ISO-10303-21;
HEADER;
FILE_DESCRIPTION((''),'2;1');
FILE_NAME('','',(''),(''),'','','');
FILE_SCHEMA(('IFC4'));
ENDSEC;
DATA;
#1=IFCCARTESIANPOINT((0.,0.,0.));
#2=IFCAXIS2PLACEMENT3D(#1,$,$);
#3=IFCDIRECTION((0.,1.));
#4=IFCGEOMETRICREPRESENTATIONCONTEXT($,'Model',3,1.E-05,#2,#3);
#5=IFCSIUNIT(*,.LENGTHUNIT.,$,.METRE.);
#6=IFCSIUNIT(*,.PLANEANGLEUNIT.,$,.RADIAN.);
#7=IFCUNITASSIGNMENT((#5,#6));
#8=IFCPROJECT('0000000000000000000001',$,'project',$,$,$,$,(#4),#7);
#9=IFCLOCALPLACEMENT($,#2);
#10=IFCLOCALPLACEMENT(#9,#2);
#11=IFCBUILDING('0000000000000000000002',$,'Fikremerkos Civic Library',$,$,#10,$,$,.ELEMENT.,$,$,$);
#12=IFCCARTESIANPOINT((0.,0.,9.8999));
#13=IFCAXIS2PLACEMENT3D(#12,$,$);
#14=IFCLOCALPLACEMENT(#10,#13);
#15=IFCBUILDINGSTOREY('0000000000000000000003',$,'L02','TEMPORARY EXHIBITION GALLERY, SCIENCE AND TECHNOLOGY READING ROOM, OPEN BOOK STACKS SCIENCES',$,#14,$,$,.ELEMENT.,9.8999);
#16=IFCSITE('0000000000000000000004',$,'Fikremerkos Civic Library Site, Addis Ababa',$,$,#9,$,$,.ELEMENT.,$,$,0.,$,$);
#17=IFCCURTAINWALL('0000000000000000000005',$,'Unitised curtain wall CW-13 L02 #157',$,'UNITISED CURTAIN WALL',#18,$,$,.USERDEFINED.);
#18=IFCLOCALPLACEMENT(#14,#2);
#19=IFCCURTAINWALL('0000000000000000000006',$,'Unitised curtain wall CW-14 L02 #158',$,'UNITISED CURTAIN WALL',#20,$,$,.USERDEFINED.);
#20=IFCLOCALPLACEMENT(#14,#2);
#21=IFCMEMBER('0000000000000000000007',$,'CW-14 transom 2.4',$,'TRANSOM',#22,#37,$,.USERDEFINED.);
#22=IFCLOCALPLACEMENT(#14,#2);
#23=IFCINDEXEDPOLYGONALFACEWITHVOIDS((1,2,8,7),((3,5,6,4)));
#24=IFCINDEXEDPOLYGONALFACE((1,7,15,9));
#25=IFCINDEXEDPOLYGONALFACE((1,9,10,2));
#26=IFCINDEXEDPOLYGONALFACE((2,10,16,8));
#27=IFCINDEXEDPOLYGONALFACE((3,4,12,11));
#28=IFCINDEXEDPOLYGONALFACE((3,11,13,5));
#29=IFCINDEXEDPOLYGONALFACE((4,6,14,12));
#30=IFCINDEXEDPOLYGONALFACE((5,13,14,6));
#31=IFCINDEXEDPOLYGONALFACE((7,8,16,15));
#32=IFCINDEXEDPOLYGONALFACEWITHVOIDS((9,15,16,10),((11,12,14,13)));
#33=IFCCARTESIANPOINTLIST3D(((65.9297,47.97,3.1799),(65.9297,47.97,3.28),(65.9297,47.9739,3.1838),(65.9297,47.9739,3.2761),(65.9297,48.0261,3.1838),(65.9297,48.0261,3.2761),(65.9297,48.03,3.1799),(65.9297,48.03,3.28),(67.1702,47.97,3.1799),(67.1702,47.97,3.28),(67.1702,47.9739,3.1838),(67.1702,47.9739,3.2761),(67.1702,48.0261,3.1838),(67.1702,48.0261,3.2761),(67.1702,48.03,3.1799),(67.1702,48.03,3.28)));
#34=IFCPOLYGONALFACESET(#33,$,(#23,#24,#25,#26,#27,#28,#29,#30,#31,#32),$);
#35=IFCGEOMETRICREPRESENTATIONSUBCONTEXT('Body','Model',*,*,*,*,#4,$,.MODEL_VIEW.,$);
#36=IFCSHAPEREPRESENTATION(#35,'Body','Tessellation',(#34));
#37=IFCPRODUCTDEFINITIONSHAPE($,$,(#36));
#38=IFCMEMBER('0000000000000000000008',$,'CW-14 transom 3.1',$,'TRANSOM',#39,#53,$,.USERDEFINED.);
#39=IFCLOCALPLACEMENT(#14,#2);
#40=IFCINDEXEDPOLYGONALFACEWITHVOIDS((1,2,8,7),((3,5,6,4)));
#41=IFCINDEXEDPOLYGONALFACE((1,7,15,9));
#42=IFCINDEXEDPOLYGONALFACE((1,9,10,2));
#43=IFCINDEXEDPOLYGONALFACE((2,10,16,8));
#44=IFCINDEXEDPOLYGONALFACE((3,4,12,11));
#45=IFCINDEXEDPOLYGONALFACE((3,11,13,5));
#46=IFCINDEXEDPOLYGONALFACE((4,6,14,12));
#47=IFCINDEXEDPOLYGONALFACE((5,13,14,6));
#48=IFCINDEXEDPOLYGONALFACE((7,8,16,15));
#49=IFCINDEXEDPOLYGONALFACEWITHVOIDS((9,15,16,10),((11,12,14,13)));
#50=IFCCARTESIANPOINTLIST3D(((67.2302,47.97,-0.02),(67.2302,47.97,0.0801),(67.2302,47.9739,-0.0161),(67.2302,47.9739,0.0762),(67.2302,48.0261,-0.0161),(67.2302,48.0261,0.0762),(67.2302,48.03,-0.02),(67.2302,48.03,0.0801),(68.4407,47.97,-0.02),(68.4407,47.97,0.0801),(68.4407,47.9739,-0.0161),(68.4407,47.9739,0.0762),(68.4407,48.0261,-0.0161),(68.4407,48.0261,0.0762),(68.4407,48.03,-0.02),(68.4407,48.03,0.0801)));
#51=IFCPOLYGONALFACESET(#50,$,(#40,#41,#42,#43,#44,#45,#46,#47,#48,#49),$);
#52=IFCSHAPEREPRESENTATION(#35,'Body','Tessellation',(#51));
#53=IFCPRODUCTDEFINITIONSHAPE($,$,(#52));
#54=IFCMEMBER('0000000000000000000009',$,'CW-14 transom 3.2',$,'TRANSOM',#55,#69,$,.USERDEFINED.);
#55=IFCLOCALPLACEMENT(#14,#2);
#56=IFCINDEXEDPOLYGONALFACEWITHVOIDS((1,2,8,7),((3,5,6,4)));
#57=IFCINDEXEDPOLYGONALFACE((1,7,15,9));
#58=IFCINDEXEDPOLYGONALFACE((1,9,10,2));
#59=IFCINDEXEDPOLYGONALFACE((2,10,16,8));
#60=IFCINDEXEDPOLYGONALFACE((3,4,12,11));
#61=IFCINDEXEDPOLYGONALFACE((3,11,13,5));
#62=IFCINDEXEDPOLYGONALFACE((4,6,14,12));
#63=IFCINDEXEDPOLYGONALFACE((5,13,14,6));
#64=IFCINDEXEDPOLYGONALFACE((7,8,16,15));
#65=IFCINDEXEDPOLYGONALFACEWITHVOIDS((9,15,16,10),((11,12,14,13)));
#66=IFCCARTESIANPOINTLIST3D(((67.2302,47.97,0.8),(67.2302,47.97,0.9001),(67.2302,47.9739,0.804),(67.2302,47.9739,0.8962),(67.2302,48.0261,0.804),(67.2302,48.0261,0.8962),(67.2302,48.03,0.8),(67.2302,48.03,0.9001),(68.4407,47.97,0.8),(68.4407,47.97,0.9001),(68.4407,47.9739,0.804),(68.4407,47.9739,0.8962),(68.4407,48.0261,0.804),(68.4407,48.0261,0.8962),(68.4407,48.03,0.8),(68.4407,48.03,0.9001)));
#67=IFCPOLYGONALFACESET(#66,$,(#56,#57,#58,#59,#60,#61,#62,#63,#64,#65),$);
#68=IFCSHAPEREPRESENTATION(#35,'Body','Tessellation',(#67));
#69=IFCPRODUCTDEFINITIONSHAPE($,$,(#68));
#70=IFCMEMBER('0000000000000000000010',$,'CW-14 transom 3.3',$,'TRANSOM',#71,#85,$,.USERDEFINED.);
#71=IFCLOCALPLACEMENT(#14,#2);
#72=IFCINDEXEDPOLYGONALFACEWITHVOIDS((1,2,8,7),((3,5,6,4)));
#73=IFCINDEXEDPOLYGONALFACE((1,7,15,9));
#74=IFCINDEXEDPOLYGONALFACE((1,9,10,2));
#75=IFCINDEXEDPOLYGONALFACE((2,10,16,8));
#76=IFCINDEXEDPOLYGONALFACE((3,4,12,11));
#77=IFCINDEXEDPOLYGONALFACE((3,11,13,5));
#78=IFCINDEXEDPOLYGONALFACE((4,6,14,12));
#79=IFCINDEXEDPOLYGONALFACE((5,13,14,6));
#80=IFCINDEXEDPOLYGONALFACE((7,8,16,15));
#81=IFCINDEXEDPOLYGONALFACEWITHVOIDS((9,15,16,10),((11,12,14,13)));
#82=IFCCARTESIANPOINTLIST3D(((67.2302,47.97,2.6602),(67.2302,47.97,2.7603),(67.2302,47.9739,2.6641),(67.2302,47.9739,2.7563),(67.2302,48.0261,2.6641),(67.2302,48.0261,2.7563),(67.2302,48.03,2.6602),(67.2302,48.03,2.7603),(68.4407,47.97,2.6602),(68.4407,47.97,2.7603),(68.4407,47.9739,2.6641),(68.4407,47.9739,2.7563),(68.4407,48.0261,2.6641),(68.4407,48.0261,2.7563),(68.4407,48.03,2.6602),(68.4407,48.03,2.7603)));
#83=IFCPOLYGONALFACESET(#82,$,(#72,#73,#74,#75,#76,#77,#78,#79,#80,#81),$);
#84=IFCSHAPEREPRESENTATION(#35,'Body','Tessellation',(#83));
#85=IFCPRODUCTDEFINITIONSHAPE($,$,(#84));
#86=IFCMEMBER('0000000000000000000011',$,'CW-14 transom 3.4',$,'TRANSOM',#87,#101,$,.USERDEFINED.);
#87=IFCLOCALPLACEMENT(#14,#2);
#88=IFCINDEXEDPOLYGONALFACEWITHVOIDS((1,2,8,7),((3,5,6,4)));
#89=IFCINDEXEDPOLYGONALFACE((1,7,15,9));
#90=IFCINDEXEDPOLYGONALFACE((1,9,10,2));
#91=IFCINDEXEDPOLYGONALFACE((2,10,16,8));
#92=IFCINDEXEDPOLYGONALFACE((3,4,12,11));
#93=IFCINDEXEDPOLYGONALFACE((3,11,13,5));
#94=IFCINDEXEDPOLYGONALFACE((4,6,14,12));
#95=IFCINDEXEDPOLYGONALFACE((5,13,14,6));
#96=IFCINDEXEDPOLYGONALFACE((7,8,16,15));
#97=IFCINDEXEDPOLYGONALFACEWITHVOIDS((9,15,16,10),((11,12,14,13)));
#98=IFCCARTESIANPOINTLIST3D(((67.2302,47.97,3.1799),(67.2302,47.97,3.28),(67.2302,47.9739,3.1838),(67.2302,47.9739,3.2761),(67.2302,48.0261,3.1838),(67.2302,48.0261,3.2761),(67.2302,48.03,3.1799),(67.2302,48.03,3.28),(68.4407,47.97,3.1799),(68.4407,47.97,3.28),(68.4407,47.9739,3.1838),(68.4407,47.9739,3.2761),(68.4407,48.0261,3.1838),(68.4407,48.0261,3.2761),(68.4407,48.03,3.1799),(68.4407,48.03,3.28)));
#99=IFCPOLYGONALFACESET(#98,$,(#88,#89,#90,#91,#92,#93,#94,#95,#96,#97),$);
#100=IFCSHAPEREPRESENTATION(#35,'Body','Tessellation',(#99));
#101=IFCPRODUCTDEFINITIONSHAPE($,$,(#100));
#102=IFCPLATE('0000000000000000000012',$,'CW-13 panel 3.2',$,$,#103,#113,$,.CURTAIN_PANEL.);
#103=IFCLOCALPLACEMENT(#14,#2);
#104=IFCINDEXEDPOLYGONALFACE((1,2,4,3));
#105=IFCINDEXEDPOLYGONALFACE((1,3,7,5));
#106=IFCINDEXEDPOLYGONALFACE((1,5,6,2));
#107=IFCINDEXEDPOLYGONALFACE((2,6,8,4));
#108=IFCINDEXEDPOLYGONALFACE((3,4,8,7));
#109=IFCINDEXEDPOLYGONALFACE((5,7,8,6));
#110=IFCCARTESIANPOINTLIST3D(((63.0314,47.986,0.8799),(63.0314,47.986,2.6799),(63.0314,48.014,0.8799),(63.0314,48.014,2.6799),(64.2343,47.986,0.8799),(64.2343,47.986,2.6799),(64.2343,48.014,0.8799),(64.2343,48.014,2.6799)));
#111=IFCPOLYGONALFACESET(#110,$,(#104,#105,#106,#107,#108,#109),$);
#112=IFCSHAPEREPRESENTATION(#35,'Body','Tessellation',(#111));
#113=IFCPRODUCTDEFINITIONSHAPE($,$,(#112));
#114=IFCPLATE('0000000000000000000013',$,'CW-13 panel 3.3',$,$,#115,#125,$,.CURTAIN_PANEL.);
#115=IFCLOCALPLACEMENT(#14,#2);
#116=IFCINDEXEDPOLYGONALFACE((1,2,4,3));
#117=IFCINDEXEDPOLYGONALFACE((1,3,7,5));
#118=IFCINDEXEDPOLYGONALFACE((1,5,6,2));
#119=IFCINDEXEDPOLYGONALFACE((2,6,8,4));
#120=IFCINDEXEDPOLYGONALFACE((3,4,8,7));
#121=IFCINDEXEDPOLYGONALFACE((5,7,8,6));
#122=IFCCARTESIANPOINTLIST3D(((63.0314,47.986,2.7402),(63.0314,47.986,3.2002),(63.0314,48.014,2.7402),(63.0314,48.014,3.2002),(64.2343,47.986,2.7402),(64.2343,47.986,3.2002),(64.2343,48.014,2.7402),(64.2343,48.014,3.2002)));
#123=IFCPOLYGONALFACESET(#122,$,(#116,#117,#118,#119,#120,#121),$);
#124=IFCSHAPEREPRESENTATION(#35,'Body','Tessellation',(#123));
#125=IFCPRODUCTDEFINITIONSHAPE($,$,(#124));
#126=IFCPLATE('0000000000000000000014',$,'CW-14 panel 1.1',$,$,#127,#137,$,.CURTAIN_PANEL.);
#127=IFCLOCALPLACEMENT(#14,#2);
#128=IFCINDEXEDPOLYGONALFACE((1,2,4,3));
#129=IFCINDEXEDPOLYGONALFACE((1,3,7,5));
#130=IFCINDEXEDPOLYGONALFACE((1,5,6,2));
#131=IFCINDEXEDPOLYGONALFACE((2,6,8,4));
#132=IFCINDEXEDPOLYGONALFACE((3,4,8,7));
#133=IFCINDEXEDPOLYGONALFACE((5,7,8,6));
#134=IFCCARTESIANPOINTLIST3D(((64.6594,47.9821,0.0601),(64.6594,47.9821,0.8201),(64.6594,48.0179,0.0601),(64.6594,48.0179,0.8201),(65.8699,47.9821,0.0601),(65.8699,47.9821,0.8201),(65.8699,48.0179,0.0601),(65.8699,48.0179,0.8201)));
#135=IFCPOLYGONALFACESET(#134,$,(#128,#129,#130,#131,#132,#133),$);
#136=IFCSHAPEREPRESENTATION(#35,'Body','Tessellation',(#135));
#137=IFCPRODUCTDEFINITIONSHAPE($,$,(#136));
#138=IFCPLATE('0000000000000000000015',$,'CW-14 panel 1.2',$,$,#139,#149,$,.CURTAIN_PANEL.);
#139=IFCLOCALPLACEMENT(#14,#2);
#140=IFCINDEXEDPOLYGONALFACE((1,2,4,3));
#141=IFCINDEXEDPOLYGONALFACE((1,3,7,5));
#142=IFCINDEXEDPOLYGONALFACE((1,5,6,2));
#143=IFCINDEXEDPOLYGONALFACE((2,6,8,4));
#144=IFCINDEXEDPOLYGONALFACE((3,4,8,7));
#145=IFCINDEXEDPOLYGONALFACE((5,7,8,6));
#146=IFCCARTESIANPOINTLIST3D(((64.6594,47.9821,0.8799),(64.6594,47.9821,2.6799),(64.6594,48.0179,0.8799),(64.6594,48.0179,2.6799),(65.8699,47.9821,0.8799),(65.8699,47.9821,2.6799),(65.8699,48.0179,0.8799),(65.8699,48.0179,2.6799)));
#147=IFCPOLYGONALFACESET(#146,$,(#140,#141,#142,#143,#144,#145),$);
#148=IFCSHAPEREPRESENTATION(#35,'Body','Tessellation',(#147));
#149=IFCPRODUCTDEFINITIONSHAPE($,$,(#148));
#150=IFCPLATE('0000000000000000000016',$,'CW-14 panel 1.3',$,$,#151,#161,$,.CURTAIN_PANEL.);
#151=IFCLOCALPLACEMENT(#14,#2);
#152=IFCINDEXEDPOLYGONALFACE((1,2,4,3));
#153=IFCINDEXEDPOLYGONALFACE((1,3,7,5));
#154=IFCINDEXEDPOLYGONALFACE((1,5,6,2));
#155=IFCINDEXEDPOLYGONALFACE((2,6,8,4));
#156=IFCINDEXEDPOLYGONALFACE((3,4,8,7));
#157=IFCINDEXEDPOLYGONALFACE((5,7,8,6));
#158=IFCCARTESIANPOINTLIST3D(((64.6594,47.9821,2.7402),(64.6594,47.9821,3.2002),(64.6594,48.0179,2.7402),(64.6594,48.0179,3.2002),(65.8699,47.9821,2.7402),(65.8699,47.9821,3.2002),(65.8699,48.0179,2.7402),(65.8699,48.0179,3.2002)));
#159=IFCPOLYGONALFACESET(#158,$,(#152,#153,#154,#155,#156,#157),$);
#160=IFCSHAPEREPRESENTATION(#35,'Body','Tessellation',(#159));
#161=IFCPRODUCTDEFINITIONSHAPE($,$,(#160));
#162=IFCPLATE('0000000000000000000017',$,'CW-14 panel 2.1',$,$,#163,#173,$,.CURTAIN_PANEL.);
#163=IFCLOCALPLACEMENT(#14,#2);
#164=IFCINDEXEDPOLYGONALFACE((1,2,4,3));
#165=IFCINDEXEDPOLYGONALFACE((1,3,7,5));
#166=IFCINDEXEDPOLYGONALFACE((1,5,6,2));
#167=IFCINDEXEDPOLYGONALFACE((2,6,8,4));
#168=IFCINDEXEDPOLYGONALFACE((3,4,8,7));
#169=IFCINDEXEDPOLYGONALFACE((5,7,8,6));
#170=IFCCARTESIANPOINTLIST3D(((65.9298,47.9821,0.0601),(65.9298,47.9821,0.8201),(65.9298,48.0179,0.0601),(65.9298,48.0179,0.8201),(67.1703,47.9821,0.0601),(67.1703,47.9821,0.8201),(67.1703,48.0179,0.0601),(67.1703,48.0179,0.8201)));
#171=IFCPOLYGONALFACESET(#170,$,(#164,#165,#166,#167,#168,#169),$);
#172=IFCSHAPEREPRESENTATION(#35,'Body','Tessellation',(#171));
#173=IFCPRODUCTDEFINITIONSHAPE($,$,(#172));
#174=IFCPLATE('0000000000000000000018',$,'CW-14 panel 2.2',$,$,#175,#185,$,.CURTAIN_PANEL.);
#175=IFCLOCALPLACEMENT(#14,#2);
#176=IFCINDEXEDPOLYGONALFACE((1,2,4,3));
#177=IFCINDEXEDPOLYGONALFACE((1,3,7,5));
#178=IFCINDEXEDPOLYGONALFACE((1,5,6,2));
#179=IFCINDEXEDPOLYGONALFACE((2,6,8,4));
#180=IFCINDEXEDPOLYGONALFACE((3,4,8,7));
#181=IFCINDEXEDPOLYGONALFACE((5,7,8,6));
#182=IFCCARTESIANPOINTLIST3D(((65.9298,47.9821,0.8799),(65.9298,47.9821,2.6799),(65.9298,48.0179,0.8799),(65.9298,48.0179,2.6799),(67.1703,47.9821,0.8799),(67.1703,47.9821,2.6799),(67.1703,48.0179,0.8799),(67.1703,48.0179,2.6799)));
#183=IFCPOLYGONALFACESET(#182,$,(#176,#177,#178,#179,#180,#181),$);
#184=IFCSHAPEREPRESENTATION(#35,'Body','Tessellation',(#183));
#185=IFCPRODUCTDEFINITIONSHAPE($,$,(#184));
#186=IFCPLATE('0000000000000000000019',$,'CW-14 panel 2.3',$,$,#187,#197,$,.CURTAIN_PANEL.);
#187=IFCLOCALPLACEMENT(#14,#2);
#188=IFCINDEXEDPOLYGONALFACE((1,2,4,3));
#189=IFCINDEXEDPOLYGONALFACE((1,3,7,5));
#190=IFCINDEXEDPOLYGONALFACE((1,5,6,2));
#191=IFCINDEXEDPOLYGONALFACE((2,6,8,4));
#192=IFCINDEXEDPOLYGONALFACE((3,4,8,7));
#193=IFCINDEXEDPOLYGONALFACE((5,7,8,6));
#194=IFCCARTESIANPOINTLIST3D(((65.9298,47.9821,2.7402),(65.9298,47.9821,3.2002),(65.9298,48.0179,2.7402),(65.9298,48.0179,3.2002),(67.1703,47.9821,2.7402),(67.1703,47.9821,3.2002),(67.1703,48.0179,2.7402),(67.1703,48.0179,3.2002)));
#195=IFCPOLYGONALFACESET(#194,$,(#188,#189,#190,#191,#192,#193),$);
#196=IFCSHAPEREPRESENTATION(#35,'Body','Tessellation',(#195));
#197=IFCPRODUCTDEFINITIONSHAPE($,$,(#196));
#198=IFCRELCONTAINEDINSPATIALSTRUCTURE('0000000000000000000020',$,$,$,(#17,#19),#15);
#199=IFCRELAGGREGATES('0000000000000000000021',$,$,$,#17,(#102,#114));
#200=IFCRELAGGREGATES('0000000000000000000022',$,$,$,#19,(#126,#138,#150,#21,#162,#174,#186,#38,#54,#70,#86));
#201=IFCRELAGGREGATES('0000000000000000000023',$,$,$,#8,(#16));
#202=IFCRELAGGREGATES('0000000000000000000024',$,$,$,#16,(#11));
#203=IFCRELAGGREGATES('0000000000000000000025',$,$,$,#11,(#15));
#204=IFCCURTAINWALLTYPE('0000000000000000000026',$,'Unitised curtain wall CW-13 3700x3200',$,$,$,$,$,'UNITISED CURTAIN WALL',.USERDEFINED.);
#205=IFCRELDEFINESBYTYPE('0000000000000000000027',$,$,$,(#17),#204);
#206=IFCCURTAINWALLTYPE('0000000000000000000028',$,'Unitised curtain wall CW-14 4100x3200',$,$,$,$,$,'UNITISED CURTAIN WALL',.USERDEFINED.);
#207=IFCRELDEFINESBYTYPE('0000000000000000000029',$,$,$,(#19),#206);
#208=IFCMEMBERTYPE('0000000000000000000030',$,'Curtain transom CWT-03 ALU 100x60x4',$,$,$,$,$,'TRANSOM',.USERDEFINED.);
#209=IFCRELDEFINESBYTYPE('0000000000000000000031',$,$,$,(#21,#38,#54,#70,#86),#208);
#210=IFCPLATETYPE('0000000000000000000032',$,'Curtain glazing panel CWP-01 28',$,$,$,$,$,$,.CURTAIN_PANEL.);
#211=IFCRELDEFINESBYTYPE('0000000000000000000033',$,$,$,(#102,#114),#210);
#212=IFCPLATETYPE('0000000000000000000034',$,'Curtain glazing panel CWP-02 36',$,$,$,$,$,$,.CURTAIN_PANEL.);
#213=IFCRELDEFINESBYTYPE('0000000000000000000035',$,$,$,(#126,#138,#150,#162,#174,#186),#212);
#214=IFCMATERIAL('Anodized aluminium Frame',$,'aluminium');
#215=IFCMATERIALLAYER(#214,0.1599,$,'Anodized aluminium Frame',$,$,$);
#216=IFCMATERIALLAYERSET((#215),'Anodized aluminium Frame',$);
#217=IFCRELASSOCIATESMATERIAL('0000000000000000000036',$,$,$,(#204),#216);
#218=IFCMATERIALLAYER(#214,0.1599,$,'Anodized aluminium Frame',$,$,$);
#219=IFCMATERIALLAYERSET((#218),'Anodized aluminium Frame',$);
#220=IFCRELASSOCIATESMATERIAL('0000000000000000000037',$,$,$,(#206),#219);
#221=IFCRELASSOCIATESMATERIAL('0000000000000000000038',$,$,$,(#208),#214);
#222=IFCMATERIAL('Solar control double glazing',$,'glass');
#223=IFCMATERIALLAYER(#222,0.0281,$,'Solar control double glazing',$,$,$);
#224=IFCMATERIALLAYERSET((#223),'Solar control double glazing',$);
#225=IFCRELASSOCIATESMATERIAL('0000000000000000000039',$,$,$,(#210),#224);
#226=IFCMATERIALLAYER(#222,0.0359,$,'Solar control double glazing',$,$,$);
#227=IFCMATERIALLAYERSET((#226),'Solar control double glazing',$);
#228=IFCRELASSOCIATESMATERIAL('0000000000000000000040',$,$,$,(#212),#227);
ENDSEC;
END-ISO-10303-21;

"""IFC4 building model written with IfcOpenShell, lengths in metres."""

from ifc_helpers import new_model, si_unit, direction, frame, origin, origin_2d, place, context, subcontext, project, spatial, rectangle, hollow_rectangle, extrude, material, layer, layer_set, material_profile, profile_set, type_object, element, aggregate, save


model = new_model("IFC4")

# Units and contexts
model_context = context("Model", 3, precision=1e-05, world=origin(), true_north=direction((0.0, 1.0)))
body_context = subcontext(model_context, "Body", "Model", "MODEL_VIEW")
ifc_project = project(units=[si_unit("LENGTHUNIT", "METRE"), si_unit("PLANEANGLEUNIT", "RADIAN")], contexts=[model_context])

# Site, building, storey
site_placement = place(None, origin())
site = spatial("IfcSite", under=ifc_project, at=site_placement, Name="Fikremerkos Civic Library Site, Addis Ababa", CompositionType="ELEMENT", RefElevation=0.0)
building_placement = place(site_placement, origin())
building = spatial("IfcBuilding", under=site, at=building_placement, Name="Fikremerkos Civic Library", CompositionType="ELEMENT")
storey_placement = place(building_placement, frame((0.0, 0.0, 9.8999)))
storey = spatial("IfcBuildingStorey", under=building, at=storey_placement, Name="L02", Description="TEMPORARY EXHIBITION GALLERY, SCIENCE AND TECHNOLOGY READING ROOM, OPEN BOOK STACKS SCIENCES", CompositionType="ELEMENT", Elevation=9.8999)

# Curtain wall
ifc_material_1 = material(Name="Anodized aluminium Frame", Category="aluminium")
ifc_layer_1 = layer(ifc_material_1, 0.1599, Name="Anodized aluminium Frame")
ifc_layer_set_1 = layer_set([ifc_layer_1], Name="Anodized aluminium Frame")
curtain_wall_type_1 = type_object("IfcCurtainWallType", Name="Unitised curtain wall CW-13 3700x3200", ElementType="UNITISED CURTAIN WALL", PredefinedType="USERDEFINED", material=ifc_layer_set_1)
curtain_wall_1_placement = place(storey_placement, origin())
curtain_wall_1 = element("IfcCurtainWall", 1, at=curtain_wall_1_placement, inside=storey, type_object=curtain_wall_type_1, Name="Unitised curtain wall CW-13 L02 #157", ObjectType="UNITISED CURTAIN WALL", PredefinedType="USERDEFINED")

# Curtain wall, members
ifc_layer_2 = layer(ifc_material_1, 0.1599, Name="Anodized aluminium Frame")
ifc_layer_set_2 = layer_set([ifc_layer_2], Name="Anodized aluminium Frame")
curtain_wall_type_2 = type_object("IfcCurtainWallType", Name="Unitised curtain wall CW-14 4100x3200", ElementType="UNITISED CURTAIN WALL", PredefinedType="USERDEFINED", material=ifc_layer_set_2)
curtain_wall_2_placement = place(storey_placement, origin())
curtain_wall_2 = element("IfcCurtainWall", 2, at=curtain_wall_2_placement, inside=storey, type_object=curtain_wall_type_2, Name="Unitised curtain wall CW-14 L02 #158", ObjectType="UNITISED CURTAIN WALL", PredefinedType="USERDEFINED")
ifc_material_profile_1 = material_profile(ifc_material_1, hollow_rectangle(XDim=0.0601, YDim=0.1001, WallThickness=0.0039, at=origin_2d()), Name="ALU 100x60x4")
ifc_profile_set_1 = profile_set([ifc_material_profile_1], Name="Anodized aluminium Frame")
member_type_1 = type_object("IfcMemberType", Name="Curtain transom CWT-03 ALU 100x60x4", ElementType="TRANSOM", PredefinedType="USERDEFINED", material=ifc_profile_set_1)
member_1_placement = place(storey_placement, frame((65.9297, 48.0, 3.23), z_axis=(1.0, 0.0, 0.0), x_axis=(0.0, 1.0, 0.0)))
member_1 = element("IfcMember", 3, at=member_1_placement, type_object=member_type_1, Name="CW-14 transom 2.4", ObjectType="TRANSOM", PredefinedType="USERDEFINED", context=body_context, shape_type="SweptSolid", body=[
    extrude(hollow_rectangle(XDim=0.0601, YDim=0.1001, WallThickness=0.0039, at=origin_2d()), origin(), (0.0, 0.0, 1.0), 1.2405),
])
member_2_placement = place(storey_placement, frame((67.2302, 48.0, 0.03), z_axis=(1.0, 0.0, 0.0), x_axis=(0.0, 1.0, 0.0)))
member_2 = element("IfcMember", 4, at=member_2_placement, type_object=member_type_1, Name="CW-14 transom 3.1", ObjectType="TRANSOM", PredefinedType="USERDEFINED", context=body_context, shape_type="SweptSolid", body=[
    extrude(hollow_rectangle(XDim=0.0601, YDim=0.1001, WallThickness=0.0039, at=origin_2d()), origin(), (0.0, 0.0, 1.0), 1.2104),
])
member_3_placement = place(storey_placement, frame((67.2302, 48.0, 0.8501), z_axis=(1.0, 0.0, 0.0), x_axis=(0.0, 1.0, 0.0)))
member_3 = element("IfcMember", 5, at=member_3_placement, type_object=member_type_1, Name="CW-14 transom 3.2", ObjectType="TRANSOM", PredefinedType="USERDEFINED", context=body_context, shape_type="SweptSolid", body=[
    extrude(hollow_rectangle(XDim=0.0601, YDim=0.1001, WallThickness=0.0039, at=origin_2d()), origin(), (0.0, 0.0, 1.0), 1.2104),
])
member_4_placement = place(storey_placement, frame((67.2302, 48.0, 2.7102), z_axis=(1.0, 0.0, 0.0), x_axis=(0.0, 1.0, 0.0)))
member_4 = element("IfcMember", 6, at=member_4_placement, type_object=member_type_1, Name="CW-14 transom 3.3", ObjectType="TRANSOM", PredefinedType="USERDEFINED", context=body_context, shape_type="SweptSolid", body=[
    extrude(hollow_rectangle(XDim=0.0601, YDim=0.1001, WallThickness=0.0039, at=origin_2d()), origin(), (0.0, 0.0, 1.0), 1.2104),
])
member_5_placement = place(storey_placement, frame((67.2302, 48.0, 3.23), z_axis=(1.0, 0.0, 0.0), x_axis=(0.0, 1.0, 0.0)))
member_5 = element("IfcMember", 7, at=member_5_placement, type_object=member_type_1, Name="CW-14 transom 3.4", ObjectType="TRANSOM", PredefinedType="USERDEFINED", context=body_context, shape_type="SweptSolid", body=[
    extrude(hollow_rectangle(XDim=0.0601, YDim=0.1001, WallThickness=0.0039, at=origin_2d()), origin(), (0.0, 0.0, 1.0), 1.2104),
])

# Plates
ifc_material_2 = material(Name="Solar control double glazing", Category="glass")
ifc_layer_3 = layer(ifc_material_2, 0.0281, Name="Solar control double glazing")
ifc_layer_set_3 = layer_set([ifc_layer_3], Name="Solar control double glazing")
plate_type_1 = type_object("IfcPlateType", Name="Curtain glazing panel CWP-01 28", PredefinedType="CURTAIN_PANEL", material=ifc_layer_set_3)
plate_1_placement = place(storey_placement, frame((63.6328, 48.0, 0.8799), z_axis=(0.0, 0.0, 1.0), x_axis=(1.0, 0.0, 0.0)))
plate_1 = element("IfcPlate", 8, at=plate_1_placement, type_object=plate_type_1, Name="CW-13 panel 3.2", PredefinedType="CURTAIN_PANEL", context=body_context, shape_type="SweptSolid", body=[
    extrude(rectangle(XDim=1.2029, YDim=0.0281, at=origin_2d()), origin(), (0.0, 0.0, 1.0), 1.8),
])
plate_2_placement = place(storey_placement, frame((63.6328, 48.0, 2.7402), z_axis=(0.0, 0.0, 1.0), x_axis=(1.0, 0.0, 0.0)))
plate_2 = element("IfcPlate", 9, at=plate_2_placement, type_object=plate_type_1, Name="CW-13 panel 3.3", PredefinedType="CURTAIN_PANEL", context=body_context, shape_type="SweptSolid", body=[
    extrude(rectangle(XDim=1.2029, YDim=0.0281, at=origin_2d()), origin(), (0.0, 0.0, 1.0), 0.46),
])
aggregate(curtain_wall_1, [plate_1, plate_2])
ifc_layer_4 = layer(ifc_material_2, 0.0359, Name="Solar control double glazing")
ifc_layer_set_4 = layer_set([ifc_layer_4], Name="Solar control double glazing")
plate_type_2 = type_object("IfcPlateType", Name="Curtain glazing panel CWP-02 36", PredefinedType="CURTAIN_PANEL", material=ifc_layer_set_4)
plate_3_placement = place(storey_placement, frame((65.2646, 48.0, 0.0601), z_axis=(0.0, 0.0, 1.0), x_axis=(1.0, 0.0, 0.0)))
plate_3 = element("IfcPlate", 10, at=plate_3_placement, type_object=plate_type_2, Name="CW-14 panel 1.1", PredefinedType="CURTAIN_PANEL", context=body_context, shape_type="SweptSolid", body=[
    extrude(rectangle(XDim=1.2104, YDim=0.0359, at=origin_2d()), origin(), (0.0, 0.0, 1.0), 0.76),
])
plate_4_placement = place(storey_placement, frame((65.2646, 48.0, 0.8799), z_axis=(0.0, 0.0, 1.0), x_axis=(1.0, 0.0, 0.0)))
plate_4 = element("IfcPlate", 11, at=plate_4_placement, type_object=plate_type_2, Name="CW-14 panel 1.2", PredefinedType="CURTAIN_PANEL", context=body_context, shape_type="SweptSolid", body=[
    extrude(rectangle(XDim=1.2104, YDim=0.0359, at=origin_2d()), origin(), (0.0, 0.0, 1.0), 1.8),
])
plate_5_placement = place(storey_placement, frame((65.2646, 48.0, 2.7402), z_axis=(0.0, 0.0, 1.0), x_axis=(1.0, 0.0, 0.0)))
plate_5 = element("IfcPlate", 12, at=plate_5_placement, type_object=plate_type_2, Name="CW-14 panel 1.3", PredefinedType="CURTAIN_PANEL", context=body_context, shape_type="SweptSolid", body=[
    extrude(rectangle(XDim=1.2104, YDim=0.0359, at=origin_2d()), origin(), (0.0, 0.0, 1.0), 0.46),
])
plate_6_placement = place(storey_placement, frame((66.55, 48.0, 0.0601), z_axis=(0.0, 0.0, 1.0), x_axis=(1.0, 0.0, 0.0)))
plate_6 = element("IfcPlate", 13, at=plate_6_placement, type_object=plate_type_2, Name="CW-14 panel 2.1", PredefinedType="CURTAIN_PANEL", context=body_context, shape_type="SweptSolid", body=[
    extrude(rectangle(XDim=1.2405, YDim=0.0359, at=origin_2d()), origin(), (0.0, 0.0, 1.0), 0.76),
])
plate_7_placement = place(storey_placement, frame((66.55, 48.0, 0.8799), z_axis=(0.0, 0.0, 1.0), x_axis=(1.0, 0.0, 0.0)))
plate_7 = element("IfcPlate", 14, at=plate_7_placement, type_object=plate_type_2, Name="CW-14 panel 2.2", PredefinedType="CURTAIN_PANEL", context=body_context, shape_type="SweptSolid", body=[
    extrude(rectangle(XDim=1.2405, YDim=0.0359, at=origin_2d()), origin(), (0.0, 0.0, 1.0), 1.8),
])
plate_8_placement = place(storey_placement, frame((66.55, 48.0, 2.7402), z_axis=(0.0, 0.0, 1.0), x_axis=(1.0, 0.0, 0.0)))
plate_8 = element("IfcPlate", 15, at=plate_8_placement, type_object=plate_type_2, Name="CW-14 panel 2.3", PredefinedType="CURTAIN_PANEL", context=body_context, shape_type="SweptSolid", body=[
    extrude(rectangle(XDim=1.2405, YDim=0.0359, at=origin_2d()), origin(), (0.0, 0.0, 1.0), 0.46),
])
aggregate(curtain_wall_2, [plate_3, plate_4, plate_5, member_1, plate_6, plate_7, plate_8, member_2, member_3, member_4, member_5])

save(model, "model.ifc")
